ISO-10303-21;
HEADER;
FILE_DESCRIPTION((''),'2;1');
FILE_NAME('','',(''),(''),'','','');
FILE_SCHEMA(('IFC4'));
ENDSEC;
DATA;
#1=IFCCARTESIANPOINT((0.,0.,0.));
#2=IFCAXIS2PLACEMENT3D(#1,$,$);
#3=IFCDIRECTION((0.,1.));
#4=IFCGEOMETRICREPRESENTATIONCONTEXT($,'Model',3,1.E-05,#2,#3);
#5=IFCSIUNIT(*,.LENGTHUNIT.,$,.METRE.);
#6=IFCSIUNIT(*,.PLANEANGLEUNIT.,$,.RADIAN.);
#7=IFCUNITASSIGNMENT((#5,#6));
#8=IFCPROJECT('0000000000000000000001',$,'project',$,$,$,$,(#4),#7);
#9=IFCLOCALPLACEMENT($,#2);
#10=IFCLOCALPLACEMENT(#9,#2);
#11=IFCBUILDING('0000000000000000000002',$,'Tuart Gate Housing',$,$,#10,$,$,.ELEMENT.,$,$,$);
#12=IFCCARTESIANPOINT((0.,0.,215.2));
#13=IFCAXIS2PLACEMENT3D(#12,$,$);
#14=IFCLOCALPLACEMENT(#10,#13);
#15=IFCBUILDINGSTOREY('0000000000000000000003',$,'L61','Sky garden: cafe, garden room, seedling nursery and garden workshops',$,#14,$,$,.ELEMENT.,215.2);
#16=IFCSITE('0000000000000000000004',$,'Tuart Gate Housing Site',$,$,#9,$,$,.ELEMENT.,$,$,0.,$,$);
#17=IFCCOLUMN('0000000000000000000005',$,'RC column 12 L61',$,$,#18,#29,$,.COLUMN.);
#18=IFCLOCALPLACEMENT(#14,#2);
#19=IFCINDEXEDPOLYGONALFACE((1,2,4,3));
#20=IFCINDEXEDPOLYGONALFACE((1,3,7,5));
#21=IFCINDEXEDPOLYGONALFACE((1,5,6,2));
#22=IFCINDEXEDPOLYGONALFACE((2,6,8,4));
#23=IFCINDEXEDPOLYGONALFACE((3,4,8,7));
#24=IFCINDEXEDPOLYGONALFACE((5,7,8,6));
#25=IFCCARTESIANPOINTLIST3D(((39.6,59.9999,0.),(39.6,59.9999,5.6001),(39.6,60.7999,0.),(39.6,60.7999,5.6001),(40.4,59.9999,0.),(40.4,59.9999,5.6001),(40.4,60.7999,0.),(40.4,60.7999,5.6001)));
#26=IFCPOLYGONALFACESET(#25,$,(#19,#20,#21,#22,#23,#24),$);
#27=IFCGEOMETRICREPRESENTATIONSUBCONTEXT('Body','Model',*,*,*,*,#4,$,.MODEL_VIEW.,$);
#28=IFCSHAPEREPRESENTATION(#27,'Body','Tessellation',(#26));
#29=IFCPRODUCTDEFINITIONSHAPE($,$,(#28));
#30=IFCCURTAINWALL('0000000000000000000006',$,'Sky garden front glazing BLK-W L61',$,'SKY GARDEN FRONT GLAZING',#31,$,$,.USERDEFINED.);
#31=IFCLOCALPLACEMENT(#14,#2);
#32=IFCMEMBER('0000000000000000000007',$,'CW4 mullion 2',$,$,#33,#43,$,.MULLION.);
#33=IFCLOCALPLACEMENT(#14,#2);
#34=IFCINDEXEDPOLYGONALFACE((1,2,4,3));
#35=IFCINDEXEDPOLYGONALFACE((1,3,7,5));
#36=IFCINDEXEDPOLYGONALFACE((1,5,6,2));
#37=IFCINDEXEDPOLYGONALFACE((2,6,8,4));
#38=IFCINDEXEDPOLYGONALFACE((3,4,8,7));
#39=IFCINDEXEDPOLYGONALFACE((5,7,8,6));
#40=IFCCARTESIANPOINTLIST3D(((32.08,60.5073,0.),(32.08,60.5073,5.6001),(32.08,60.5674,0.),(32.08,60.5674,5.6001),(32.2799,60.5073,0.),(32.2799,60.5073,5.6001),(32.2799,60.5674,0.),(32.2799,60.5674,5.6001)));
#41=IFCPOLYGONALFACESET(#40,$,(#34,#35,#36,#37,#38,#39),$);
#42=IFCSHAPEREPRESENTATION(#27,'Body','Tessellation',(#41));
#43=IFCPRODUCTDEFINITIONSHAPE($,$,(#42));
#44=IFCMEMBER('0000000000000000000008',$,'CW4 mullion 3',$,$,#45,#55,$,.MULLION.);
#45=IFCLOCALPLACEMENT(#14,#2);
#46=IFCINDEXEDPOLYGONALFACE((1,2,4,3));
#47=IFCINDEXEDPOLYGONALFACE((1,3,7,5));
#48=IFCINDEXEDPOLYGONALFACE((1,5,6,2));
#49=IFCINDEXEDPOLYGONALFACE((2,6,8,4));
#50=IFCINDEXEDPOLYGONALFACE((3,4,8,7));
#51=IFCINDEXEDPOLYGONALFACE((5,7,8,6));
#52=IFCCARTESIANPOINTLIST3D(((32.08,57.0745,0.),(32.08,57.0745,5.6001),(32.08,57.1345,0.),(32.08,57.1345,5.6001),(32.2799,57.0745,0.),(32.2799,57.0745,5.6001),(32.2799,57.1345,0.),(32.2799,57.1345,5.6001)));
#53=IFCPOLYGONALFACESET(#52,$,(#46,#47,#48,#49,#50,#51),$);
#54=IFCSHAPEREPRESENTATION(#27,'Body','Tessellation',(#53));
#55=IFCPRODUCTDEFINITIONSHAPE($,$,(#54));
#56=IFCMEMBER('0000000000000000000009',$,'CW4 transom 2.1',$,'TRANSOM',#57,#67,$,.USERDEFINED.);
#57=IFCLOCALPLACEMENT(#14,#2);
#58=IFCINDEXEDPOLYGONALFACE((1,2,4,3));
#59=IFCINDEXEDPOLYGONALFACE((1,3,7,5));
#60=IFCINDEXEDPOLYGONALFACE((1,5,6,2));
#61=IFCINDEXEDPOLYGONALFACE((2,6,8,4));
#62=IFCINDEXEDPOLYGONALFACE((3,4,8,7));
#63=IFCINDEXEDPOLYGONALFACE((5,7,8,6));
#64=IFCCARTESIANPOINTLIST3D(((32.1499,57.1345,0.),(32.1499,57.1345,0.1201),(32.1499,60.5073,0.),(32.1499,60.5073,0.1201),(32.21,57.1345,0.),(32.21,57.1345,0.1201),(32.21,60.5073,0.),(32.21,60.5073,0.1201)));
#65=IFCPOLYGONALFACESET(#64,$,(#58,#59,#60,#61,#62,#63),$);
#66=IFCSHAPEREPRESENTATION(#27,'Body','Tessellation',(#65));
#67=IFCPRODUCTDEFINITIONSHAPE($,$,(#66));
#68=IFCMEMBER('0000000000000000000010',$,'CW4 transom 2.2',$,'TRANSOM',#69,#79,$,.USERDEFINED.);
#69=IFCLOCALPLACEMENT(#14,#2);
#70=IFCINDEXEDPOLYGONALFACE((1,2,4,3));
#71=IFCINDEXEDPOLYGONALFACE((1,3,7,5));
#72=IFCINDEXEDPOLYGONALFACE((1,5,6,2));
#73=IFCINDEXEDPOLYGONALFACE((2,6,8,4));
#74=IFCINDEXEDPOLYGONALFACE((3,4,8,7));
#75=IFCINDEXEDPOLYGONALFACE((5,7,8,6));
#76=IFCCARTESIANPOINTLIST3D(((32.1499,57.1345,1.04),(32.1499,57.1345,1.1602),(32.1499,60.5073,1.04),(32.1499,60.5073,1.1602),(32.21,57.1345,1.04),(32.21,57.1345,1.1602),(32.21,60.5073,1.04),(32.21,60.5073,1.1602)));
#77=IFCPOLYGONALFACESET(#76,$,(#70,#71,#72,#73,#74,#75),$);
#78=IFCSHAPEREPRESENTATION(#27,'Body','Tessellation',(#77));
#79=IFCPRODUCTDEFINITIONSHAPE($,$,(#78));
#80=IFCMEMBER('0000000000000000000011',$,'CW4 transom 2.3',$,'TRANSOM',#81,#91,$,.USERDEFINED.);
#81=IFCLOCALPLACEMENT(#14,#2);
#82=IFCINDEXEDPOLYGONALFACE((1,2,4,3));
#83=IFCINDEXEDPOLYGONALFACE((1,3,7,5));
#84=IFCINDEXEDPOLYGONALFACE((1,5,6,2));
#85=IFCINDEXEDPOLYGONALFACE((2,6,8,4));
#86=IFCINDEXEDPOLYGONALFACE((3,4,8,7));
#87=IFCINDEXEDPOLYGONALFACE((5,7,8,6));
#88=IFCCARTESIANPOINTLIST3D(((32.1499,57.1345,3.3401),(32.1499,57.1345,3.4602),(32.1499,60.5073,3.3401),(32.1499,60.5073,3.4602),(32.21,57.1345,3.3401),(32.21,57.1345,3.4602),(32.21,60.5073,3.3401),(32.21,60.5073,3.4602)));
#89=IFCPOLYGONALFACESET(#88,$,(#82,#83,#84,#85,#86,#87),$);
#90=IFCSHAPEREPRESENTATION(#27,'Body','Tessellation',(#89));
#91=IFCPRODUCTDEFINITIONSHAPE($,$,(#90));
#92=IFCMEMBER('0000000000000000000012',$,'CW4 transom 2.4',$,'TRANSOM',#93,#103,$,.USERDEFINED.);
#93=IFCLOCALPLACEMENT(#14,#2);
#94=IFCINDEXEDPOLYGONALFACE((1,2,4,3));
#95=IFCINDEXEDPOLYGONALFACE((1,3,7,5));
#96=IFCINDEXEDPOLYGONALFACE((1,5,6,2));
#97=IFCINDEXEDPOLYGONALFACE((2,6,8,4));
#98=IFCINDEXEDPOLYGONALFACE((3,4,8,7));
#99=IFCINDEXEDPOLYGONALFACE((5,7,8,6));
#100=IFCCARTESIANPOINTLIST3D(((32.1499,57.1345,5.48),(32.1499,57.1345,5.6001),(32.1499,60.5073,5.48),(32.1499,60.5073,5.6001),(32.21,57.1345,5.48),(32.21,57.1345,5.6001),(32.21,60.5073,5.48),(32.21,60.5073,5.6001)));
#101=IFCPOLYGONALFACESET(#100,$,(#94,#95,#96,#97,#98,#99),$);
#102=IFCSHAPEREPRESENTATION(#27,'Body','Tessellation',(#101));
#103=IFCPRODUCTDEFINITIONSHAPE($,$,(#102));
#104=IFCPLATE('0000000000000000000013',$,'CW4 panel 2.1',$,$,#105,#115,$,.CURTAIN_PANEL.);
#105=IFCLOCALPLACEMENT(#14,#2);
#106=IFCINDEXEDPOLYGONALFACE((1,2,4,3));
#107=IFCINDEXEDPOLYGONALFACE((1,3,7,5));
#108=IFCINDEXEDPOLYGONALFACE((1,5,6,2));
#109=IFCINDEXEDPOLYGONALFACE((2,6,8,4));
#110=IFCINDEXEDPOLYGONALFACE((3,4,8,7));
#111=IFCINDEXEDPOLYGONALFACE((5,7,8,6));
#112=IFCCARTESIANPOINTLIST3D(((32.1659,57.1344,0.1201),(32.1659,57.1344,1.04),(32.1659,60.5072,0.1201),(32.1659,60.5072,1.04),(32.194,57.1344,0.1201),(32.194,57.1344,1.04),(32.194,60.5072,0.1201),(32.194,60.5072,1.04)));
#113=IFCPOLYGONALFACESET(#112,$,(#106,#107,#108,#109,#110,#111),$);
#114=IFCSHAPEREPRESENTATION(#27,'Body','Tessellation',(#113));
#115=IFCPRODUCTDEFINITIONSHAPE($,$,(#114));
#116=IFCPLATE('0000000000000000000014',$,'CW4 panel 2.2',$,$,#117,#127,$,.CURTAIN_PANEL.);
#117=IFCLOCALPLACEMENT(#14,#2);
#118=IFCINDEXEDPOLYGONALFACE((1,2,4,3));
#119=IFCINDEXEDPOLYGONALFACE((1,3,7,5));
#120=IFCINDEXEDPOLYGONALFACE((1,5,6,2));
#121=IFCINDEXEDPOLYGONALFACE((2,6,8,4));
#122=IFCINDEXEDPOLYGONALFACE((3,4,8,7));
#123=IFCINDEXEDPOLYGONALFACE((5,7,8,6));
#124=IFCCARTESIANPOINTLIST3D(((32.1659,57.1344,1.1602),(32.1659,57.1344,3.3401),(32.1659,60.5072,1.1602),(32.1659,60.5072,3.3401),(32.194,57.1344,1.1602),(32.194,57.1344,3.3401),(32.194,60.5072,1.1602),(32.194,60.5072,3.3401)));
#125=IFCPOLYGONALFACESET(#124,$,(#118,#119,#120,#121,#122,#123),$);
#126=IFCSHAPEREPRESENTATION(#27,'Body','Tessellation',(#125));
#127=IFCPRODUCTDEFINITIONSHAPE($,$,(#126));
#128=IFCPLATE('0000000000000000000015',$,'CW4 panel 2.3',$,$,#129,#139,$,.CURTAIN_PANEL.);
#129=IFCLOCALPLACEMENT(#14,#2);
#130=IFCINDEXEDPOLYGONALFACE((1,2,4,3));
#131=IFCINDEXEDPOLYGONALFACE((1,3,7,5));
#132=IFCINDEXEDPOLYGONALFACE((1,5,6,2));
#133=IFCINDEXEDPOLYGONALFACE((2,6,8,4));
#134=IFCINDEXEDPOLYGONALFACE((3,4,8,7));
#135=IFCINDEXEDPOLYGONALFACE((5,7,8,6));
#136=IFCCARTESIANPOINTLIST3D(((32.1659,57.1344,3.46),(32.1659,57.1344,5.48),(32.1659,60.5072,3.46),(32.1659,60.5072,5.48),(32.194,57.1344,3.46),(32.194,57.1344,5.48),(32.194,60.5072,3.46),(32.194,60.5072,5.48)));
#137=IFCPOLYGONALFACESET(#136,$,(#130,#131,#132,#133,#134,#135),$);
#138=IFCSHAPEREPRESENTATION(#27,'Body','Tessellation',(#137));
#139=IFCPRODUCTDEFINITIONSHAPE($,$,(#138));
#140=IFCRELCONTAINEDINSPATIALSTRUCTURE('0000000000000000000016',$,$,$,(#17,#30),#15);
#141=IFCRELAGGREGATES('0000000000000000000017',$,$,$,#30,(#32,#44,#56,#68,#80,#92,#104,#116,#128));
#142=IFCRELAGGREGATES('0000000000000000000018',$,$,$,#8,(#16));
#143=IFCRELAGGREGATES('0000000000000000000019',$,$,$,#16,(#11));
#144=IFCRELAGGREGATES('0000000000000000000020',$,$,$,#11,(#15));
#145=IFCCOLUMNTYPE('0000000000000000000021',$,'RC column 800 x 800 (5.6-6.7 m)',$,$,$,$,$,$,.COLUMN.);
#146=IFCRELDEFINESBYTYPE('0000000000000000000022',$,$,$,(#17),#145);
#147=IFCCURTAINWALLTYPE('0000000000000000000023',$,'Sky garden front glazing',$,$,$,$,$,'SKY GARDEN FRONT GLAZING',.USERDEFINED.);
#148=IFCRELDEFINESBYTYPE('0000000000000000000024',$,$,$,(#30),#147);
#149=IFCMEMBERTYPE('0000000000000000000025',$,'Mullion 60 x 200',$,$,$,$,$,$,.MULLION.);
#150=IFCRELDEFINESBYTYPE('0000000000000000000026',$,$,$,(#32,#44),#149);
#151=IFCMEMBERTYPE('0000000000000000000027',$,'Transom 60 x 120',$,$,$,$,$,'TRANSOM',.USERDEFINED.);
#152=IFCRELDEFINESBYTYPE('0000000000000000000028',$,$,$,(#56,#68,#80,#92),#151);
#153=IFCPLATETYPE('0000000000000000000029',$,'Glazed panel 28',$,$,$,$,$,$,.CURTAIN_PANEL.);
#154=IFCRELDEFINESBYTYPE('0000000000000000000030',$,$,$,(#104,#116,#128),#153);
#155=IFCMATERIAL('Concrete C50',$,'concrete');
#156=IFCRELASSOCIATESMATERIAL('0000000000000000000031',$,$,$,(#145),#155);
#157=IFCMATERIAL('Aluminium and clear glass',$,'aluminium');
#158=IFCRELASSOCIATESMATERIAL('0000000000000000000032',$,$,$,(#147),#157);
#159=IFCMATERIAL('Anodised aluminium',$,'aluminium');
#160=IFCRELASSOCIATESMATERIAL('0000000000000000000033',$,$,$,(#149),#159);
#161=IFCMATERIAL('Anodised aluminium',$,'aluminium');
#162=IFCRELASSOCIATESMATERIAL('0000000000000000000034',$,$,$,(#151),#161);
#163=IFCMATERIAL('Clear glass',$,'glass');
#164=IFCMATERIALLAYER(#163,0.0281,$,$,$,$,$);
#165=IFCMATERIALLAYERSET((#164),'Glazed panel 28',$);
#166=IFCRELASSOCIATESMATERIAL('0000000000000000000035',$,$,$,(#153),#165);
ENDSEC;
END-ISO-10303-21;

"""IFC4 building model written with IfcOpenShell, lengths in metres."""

from ifc_helpers import new_model, si_unit, direction, frame, origin, origin_2d, place, context, subcontext, project, spatial, rectangle, extrude, material, layer, layer_set, material_profile, profile_set, type_object, element, aggregate, save


model = new_model("IFC4")

# Units and contexts
model_context = context("Model", 3, precision=1e-05, world=origin(), true_north=direction((0.0, 1.0)))
body_context = subcontext(model_context, "Body", "Model", "MODEL_VIEW")
ifc_project = project(units=[si_unit("LENGTHUNIT", "METRE"), si_unit("PLANEANGLEUNIT", "RADIAN")], contexts=[model_context])

# Site, building, storey
site_placement = place(None, origin())
site = spatial("IfcSite", under=ifc_project, at=site_placement, Name="Tuart Gate Housing Site", CompositionType="ELEMENT", RefElevation=0.0)
building_placement = place(site_placement, origin())
building = spatial("IfcBuilding", under=site, at=building_placement, Name="Tuart Gate Housing", CompositionType="ELEMENT")
storey_placement = place(building_placement, frame((0.0, 0.0, 215.2)))
storey = spatial("IfcBuildingStorey", under=building, at=storey_placement, Name="L61", Description="Sky garden: cafe, garden room, seedling nursery and garden workshops", CompositionType="ELEMENT", Elevation=215.2)

# Column
ifc_material_1 = material(Name="Concrete C50", Category="concrete")
ifc_material_profile_1 = material_profile(ifc_material_1, rectangle(XDim=0.8, YDim=0.8, at=origin_2d()), Name="RC column 800 x 800 (5.6-6.7 m)")
ifc_profile_set_1 = profile_set([ifc_material_profile_1], Name="Concrete C50")
column_type = type_object("IfcColumnType", Name="RC column 800 x 800 (5.6-6.7 m)", PredefinedType="COLUMN", material=ifc_profile_set_1)
column_placement = place(storey_placement, frame((40.0, 60.3999, 0.0), z_axis=(0.0, 0.0, 1.0), x_axis=(1.0, 0.0, 0.0)))
element("IfcColumn", 1, at=column_placement, inside=storey, type_object=column_type, Name="RC column 12 L61", PredefinedType="COLUMN", context=body_context, shape_type="SweptSolid", body=[
    extrude(rectangle(XDim=0.8, YDim=0.8, at=origin_2d()), origin(), (0.0, 0.0, 1.0), 5.6001),
])

# Curtain wall, members, plates
ifc_material_2 = material(Name="Aluminium and clear glass", Category="aluminium")
curtain_wall_type = type_object("IfcCurtainWallType", Name="Sky garden front glazing", ElementType="SKY GARDEN FRONT GLAZING", PredefinedType="USERDEFINED", material=ifc_material_2)
curtain_wall_placement = place(storey_placement, origin())
curtain_wall = element("IfcCurtainWall", 2, at=curtain_wall_placement, inside=storey, type_object=curtain_wall_type, Name="Sky garden front glazing BLK-W L61", ObjectType="SKY GARDEN FRONT GLAZING", PredefinedType="USERDEFINED")
ifc_material_3 = material(Name="Anodised aluminium", Category="aluminium")
ifc_material_profile_2 = material_profile(ifc_material_3, rectangle(XDim=0.0601, YDim=0.2, at=origin_2d()), Name="60x200")
ifc_profile_set_2 = profile_set([ifc_material_profile_2], Name="Anodised aluminium")
member_type_1 = type_object("IfcMemberType", Name="Mullion 60 x 200", PredefinedType="MULLION", material=ifc_profile_set_2)
member_1_placement = place(storey_placement, frame((32.1799, 60.5374, 0.0), z_axis=(0.0, 0.0, 1.0), x_axis=(0.0, -1.0, 0.0)))
member_1 = element("IfcMember", 3, at=member_1_placement, type_object=member_type_1, Name="CW4 mullion 2", PredefinedType="MULLION", context=body_context, shape_type="SweptSolid", body=[
    extrude(rectangle(XDim=0.0601, YDim=0.2, at=origin_2d()), origin(), (0.0, 0.0, 1.0), 5.6001),
])
member_2_placement = place(storey_placement, frame((32.1799, 57.1045, 0.0), z_axis=(0.0, 0.0, 1.0), x_axis=(0.0, -1.0, 0.0)))
member_2 = element("IfcMember", 4, at=member_2_placement, type_object=member_type_1, Name="CW4 mullion 3", PredefinedType="MULLION", context=body_context, shape_type="SweptSolid", body=[
    extrude(rectangle(XDim=0.0601, YDim=0.2, at=origin_2d()), origin(), (0.0, 0.0, 1.0), 5.6001),
])
ifc_material_4 = material(Name="Anodised aluminium", Category="aluminium")
ifc_material_profile_3 = material_profile(ifc_material_4, rectangle(XDim=0.0601, YDim=0.1201, at=origin_2d()), Name="60x120")
ifc_profile_set_3 = profile_set([ifc_material_profile_3], Name="Anodised aluminium")
member_type_2 = type_object("IfcMemberType", Name="Transom 60 x 120", ElementType="TRANSOM", PredefinedType="USERDEFINED", material=ifc_profile_set_3)
member_3_placement = place(storey_placement, frame((32.1799, 60.5073, 0.0601), z_axis=(0.0, -1.0, 0.0), x_axis=(1.0, 0.0, 0.0)))
member_3 = element("IfcMember", 5, at=member_3_placement, type_object=member_type_2, Name="CW4 transom 2.1", ObjectType="TRANSOM", PredefinedType="USERDEFINED", context=body_context, shape_type="SweptSolid", body=[
    extrude(rectangle(XDim=0.0601, YDim=0.1201, at=origin_2d()), origin(), (0.0, 0.0, 1.0), 3.3728),
])
member_4_placement = place(storey_placement, frame((32.1799, 60.5073, 1.1001), z_axis=(0.0, -1.0, 0.0), x_axis=(1.0, 0.0, 0.0)))
member_4 = element("IfcMember", 6, at=member_4_placement, type_object=member_type_2, Name="CW4 transom 2.2", ObjectType="TRANSOM", PredefinedType="USERDEFINED", context=body_context, shape_type="SweptSolid", body=[
    extrude(rectangle(XDim=0.0601, YDim=0.1201, at=origin_2d()), origin(), (0.0, 0.0, 1.0), 3.3728),
])
member_5_placement = place(storey_placement, frame((32.1799, 60.5073, 3.4001), z_axis=(0.0, -1.0, 0.0), x_axis=(1.0, 0.0, 0.0)))
member_5 = element("IfcMember", 7, at=member_5_placement, type_object=member_type_2, Name="CW4 transom 2.3", ObjectType="TRANSOM", PredefinedType="USERDEFINED", context=body_context, shape_type="SweptSolid", body=[
    extrude(rectangle(XDim=0.0601, YDim=0.1201, at=origin_2d()), origin(), (0.0, 0.0, 1.0), 3.3728),
])
member_6_placement = place(storey_placement, frame((32.1799, 60.5073, 5.54), z_axis=(0.0, -1.0, 0.0), x_axis=(1.0, 0.0, 0.0)))
member_6 = element("IfcMember", 8, at=member_6_placement, type_object=member_type_2, Name="CW4 transom 2.4", ObjectType="TRANSOM", PredefinedType="USERDEFINED", context=body_context, shape_type="SweptSolid", body=[
    extrude(rectangle(XDim=0.0601, YDim=0.1201, at=origin_2d()), origin(), (0.0, 0.0, 1.0), 3.3728),
])
ifc_material_5 = material(Name="Clear glass", Category="glass")
ifc_layer_1 = layer(ifc_material_5, 0.0281)
ifc_layer_set_1 = layer_set([ifc_layer_1], Name="Glazed panel 28")
plate_type = type_object("IfcPlateType", Name="Glazed panel 28", PredefinedType="CURTAIN_PANEL", material=ifc_layer_set_1)
plate_1_placement = place(storey_placement, frame((32.1799, 58.8208, 0.1201), z_axis=(0.0, 0.0, 1.0), x_axis=(0.0, -1.0, 0.0)))
plate_1 = element("IfcPlate", 9, at=plate_1_placement, type_object=plate_type, Name="CW4 panel 2.1", PredefinedType="CURTAIN_PANEL", context=body_context, shape_type="SweptSolid", body=[
    extrude(rectangle(XDim=3.3728, YDim=0.0281, at=origin_2d()), origin(), (0.0, 0.0, 1.0), 0.9199),
])
plate_2_placement = place(storey_placement, frame((32.1799, 58.8208, 1.1602), z_axis=(0.0, 0.0, 1.0), x_axis=(0.0, -1.0, 0.0)))
plate_2 = element("IfcPlate", 10, at=plate_2_placement, type_object=plate_type, Name="CW4 panel 2.2", PredefinedType="CURTAIN_PANEL", context=body_context, shape_type="SweptSolid", body=[
    extrude(rectangle(XDim=3.3728, YDim=0.0281, at=origin_2d()), origin(), (0.0, 0.0, 1.0), 2.1799),
])
plate_3_placement = place(storey_placement, frame((32.1799, 58.8208, 3.46), z_axis=(0.0, 0.0, 1.0), x_axis=(0.0, -1.0, 0.0)))
plate_3 = element("IfcPlate", 11, at=plate_3_placement, type_object=plate_type, Name="CW4 panel 2.3", PredefinedType="CURTAIN_PANEL", context=body_context, shape_type="SweptSolid", body=[
    extrude(rectangle(XDim=3.3728, YDim=0.0281, at=origin_2d()), origin(), (0.0, 0.0, 1.0), 2.02),
])
aggregate(curtain_wall, [member_1, member_2, member_3, member_4, member_5, member_6, plate_1, plate_2, plate_3])

save(model, "model.ifc")
